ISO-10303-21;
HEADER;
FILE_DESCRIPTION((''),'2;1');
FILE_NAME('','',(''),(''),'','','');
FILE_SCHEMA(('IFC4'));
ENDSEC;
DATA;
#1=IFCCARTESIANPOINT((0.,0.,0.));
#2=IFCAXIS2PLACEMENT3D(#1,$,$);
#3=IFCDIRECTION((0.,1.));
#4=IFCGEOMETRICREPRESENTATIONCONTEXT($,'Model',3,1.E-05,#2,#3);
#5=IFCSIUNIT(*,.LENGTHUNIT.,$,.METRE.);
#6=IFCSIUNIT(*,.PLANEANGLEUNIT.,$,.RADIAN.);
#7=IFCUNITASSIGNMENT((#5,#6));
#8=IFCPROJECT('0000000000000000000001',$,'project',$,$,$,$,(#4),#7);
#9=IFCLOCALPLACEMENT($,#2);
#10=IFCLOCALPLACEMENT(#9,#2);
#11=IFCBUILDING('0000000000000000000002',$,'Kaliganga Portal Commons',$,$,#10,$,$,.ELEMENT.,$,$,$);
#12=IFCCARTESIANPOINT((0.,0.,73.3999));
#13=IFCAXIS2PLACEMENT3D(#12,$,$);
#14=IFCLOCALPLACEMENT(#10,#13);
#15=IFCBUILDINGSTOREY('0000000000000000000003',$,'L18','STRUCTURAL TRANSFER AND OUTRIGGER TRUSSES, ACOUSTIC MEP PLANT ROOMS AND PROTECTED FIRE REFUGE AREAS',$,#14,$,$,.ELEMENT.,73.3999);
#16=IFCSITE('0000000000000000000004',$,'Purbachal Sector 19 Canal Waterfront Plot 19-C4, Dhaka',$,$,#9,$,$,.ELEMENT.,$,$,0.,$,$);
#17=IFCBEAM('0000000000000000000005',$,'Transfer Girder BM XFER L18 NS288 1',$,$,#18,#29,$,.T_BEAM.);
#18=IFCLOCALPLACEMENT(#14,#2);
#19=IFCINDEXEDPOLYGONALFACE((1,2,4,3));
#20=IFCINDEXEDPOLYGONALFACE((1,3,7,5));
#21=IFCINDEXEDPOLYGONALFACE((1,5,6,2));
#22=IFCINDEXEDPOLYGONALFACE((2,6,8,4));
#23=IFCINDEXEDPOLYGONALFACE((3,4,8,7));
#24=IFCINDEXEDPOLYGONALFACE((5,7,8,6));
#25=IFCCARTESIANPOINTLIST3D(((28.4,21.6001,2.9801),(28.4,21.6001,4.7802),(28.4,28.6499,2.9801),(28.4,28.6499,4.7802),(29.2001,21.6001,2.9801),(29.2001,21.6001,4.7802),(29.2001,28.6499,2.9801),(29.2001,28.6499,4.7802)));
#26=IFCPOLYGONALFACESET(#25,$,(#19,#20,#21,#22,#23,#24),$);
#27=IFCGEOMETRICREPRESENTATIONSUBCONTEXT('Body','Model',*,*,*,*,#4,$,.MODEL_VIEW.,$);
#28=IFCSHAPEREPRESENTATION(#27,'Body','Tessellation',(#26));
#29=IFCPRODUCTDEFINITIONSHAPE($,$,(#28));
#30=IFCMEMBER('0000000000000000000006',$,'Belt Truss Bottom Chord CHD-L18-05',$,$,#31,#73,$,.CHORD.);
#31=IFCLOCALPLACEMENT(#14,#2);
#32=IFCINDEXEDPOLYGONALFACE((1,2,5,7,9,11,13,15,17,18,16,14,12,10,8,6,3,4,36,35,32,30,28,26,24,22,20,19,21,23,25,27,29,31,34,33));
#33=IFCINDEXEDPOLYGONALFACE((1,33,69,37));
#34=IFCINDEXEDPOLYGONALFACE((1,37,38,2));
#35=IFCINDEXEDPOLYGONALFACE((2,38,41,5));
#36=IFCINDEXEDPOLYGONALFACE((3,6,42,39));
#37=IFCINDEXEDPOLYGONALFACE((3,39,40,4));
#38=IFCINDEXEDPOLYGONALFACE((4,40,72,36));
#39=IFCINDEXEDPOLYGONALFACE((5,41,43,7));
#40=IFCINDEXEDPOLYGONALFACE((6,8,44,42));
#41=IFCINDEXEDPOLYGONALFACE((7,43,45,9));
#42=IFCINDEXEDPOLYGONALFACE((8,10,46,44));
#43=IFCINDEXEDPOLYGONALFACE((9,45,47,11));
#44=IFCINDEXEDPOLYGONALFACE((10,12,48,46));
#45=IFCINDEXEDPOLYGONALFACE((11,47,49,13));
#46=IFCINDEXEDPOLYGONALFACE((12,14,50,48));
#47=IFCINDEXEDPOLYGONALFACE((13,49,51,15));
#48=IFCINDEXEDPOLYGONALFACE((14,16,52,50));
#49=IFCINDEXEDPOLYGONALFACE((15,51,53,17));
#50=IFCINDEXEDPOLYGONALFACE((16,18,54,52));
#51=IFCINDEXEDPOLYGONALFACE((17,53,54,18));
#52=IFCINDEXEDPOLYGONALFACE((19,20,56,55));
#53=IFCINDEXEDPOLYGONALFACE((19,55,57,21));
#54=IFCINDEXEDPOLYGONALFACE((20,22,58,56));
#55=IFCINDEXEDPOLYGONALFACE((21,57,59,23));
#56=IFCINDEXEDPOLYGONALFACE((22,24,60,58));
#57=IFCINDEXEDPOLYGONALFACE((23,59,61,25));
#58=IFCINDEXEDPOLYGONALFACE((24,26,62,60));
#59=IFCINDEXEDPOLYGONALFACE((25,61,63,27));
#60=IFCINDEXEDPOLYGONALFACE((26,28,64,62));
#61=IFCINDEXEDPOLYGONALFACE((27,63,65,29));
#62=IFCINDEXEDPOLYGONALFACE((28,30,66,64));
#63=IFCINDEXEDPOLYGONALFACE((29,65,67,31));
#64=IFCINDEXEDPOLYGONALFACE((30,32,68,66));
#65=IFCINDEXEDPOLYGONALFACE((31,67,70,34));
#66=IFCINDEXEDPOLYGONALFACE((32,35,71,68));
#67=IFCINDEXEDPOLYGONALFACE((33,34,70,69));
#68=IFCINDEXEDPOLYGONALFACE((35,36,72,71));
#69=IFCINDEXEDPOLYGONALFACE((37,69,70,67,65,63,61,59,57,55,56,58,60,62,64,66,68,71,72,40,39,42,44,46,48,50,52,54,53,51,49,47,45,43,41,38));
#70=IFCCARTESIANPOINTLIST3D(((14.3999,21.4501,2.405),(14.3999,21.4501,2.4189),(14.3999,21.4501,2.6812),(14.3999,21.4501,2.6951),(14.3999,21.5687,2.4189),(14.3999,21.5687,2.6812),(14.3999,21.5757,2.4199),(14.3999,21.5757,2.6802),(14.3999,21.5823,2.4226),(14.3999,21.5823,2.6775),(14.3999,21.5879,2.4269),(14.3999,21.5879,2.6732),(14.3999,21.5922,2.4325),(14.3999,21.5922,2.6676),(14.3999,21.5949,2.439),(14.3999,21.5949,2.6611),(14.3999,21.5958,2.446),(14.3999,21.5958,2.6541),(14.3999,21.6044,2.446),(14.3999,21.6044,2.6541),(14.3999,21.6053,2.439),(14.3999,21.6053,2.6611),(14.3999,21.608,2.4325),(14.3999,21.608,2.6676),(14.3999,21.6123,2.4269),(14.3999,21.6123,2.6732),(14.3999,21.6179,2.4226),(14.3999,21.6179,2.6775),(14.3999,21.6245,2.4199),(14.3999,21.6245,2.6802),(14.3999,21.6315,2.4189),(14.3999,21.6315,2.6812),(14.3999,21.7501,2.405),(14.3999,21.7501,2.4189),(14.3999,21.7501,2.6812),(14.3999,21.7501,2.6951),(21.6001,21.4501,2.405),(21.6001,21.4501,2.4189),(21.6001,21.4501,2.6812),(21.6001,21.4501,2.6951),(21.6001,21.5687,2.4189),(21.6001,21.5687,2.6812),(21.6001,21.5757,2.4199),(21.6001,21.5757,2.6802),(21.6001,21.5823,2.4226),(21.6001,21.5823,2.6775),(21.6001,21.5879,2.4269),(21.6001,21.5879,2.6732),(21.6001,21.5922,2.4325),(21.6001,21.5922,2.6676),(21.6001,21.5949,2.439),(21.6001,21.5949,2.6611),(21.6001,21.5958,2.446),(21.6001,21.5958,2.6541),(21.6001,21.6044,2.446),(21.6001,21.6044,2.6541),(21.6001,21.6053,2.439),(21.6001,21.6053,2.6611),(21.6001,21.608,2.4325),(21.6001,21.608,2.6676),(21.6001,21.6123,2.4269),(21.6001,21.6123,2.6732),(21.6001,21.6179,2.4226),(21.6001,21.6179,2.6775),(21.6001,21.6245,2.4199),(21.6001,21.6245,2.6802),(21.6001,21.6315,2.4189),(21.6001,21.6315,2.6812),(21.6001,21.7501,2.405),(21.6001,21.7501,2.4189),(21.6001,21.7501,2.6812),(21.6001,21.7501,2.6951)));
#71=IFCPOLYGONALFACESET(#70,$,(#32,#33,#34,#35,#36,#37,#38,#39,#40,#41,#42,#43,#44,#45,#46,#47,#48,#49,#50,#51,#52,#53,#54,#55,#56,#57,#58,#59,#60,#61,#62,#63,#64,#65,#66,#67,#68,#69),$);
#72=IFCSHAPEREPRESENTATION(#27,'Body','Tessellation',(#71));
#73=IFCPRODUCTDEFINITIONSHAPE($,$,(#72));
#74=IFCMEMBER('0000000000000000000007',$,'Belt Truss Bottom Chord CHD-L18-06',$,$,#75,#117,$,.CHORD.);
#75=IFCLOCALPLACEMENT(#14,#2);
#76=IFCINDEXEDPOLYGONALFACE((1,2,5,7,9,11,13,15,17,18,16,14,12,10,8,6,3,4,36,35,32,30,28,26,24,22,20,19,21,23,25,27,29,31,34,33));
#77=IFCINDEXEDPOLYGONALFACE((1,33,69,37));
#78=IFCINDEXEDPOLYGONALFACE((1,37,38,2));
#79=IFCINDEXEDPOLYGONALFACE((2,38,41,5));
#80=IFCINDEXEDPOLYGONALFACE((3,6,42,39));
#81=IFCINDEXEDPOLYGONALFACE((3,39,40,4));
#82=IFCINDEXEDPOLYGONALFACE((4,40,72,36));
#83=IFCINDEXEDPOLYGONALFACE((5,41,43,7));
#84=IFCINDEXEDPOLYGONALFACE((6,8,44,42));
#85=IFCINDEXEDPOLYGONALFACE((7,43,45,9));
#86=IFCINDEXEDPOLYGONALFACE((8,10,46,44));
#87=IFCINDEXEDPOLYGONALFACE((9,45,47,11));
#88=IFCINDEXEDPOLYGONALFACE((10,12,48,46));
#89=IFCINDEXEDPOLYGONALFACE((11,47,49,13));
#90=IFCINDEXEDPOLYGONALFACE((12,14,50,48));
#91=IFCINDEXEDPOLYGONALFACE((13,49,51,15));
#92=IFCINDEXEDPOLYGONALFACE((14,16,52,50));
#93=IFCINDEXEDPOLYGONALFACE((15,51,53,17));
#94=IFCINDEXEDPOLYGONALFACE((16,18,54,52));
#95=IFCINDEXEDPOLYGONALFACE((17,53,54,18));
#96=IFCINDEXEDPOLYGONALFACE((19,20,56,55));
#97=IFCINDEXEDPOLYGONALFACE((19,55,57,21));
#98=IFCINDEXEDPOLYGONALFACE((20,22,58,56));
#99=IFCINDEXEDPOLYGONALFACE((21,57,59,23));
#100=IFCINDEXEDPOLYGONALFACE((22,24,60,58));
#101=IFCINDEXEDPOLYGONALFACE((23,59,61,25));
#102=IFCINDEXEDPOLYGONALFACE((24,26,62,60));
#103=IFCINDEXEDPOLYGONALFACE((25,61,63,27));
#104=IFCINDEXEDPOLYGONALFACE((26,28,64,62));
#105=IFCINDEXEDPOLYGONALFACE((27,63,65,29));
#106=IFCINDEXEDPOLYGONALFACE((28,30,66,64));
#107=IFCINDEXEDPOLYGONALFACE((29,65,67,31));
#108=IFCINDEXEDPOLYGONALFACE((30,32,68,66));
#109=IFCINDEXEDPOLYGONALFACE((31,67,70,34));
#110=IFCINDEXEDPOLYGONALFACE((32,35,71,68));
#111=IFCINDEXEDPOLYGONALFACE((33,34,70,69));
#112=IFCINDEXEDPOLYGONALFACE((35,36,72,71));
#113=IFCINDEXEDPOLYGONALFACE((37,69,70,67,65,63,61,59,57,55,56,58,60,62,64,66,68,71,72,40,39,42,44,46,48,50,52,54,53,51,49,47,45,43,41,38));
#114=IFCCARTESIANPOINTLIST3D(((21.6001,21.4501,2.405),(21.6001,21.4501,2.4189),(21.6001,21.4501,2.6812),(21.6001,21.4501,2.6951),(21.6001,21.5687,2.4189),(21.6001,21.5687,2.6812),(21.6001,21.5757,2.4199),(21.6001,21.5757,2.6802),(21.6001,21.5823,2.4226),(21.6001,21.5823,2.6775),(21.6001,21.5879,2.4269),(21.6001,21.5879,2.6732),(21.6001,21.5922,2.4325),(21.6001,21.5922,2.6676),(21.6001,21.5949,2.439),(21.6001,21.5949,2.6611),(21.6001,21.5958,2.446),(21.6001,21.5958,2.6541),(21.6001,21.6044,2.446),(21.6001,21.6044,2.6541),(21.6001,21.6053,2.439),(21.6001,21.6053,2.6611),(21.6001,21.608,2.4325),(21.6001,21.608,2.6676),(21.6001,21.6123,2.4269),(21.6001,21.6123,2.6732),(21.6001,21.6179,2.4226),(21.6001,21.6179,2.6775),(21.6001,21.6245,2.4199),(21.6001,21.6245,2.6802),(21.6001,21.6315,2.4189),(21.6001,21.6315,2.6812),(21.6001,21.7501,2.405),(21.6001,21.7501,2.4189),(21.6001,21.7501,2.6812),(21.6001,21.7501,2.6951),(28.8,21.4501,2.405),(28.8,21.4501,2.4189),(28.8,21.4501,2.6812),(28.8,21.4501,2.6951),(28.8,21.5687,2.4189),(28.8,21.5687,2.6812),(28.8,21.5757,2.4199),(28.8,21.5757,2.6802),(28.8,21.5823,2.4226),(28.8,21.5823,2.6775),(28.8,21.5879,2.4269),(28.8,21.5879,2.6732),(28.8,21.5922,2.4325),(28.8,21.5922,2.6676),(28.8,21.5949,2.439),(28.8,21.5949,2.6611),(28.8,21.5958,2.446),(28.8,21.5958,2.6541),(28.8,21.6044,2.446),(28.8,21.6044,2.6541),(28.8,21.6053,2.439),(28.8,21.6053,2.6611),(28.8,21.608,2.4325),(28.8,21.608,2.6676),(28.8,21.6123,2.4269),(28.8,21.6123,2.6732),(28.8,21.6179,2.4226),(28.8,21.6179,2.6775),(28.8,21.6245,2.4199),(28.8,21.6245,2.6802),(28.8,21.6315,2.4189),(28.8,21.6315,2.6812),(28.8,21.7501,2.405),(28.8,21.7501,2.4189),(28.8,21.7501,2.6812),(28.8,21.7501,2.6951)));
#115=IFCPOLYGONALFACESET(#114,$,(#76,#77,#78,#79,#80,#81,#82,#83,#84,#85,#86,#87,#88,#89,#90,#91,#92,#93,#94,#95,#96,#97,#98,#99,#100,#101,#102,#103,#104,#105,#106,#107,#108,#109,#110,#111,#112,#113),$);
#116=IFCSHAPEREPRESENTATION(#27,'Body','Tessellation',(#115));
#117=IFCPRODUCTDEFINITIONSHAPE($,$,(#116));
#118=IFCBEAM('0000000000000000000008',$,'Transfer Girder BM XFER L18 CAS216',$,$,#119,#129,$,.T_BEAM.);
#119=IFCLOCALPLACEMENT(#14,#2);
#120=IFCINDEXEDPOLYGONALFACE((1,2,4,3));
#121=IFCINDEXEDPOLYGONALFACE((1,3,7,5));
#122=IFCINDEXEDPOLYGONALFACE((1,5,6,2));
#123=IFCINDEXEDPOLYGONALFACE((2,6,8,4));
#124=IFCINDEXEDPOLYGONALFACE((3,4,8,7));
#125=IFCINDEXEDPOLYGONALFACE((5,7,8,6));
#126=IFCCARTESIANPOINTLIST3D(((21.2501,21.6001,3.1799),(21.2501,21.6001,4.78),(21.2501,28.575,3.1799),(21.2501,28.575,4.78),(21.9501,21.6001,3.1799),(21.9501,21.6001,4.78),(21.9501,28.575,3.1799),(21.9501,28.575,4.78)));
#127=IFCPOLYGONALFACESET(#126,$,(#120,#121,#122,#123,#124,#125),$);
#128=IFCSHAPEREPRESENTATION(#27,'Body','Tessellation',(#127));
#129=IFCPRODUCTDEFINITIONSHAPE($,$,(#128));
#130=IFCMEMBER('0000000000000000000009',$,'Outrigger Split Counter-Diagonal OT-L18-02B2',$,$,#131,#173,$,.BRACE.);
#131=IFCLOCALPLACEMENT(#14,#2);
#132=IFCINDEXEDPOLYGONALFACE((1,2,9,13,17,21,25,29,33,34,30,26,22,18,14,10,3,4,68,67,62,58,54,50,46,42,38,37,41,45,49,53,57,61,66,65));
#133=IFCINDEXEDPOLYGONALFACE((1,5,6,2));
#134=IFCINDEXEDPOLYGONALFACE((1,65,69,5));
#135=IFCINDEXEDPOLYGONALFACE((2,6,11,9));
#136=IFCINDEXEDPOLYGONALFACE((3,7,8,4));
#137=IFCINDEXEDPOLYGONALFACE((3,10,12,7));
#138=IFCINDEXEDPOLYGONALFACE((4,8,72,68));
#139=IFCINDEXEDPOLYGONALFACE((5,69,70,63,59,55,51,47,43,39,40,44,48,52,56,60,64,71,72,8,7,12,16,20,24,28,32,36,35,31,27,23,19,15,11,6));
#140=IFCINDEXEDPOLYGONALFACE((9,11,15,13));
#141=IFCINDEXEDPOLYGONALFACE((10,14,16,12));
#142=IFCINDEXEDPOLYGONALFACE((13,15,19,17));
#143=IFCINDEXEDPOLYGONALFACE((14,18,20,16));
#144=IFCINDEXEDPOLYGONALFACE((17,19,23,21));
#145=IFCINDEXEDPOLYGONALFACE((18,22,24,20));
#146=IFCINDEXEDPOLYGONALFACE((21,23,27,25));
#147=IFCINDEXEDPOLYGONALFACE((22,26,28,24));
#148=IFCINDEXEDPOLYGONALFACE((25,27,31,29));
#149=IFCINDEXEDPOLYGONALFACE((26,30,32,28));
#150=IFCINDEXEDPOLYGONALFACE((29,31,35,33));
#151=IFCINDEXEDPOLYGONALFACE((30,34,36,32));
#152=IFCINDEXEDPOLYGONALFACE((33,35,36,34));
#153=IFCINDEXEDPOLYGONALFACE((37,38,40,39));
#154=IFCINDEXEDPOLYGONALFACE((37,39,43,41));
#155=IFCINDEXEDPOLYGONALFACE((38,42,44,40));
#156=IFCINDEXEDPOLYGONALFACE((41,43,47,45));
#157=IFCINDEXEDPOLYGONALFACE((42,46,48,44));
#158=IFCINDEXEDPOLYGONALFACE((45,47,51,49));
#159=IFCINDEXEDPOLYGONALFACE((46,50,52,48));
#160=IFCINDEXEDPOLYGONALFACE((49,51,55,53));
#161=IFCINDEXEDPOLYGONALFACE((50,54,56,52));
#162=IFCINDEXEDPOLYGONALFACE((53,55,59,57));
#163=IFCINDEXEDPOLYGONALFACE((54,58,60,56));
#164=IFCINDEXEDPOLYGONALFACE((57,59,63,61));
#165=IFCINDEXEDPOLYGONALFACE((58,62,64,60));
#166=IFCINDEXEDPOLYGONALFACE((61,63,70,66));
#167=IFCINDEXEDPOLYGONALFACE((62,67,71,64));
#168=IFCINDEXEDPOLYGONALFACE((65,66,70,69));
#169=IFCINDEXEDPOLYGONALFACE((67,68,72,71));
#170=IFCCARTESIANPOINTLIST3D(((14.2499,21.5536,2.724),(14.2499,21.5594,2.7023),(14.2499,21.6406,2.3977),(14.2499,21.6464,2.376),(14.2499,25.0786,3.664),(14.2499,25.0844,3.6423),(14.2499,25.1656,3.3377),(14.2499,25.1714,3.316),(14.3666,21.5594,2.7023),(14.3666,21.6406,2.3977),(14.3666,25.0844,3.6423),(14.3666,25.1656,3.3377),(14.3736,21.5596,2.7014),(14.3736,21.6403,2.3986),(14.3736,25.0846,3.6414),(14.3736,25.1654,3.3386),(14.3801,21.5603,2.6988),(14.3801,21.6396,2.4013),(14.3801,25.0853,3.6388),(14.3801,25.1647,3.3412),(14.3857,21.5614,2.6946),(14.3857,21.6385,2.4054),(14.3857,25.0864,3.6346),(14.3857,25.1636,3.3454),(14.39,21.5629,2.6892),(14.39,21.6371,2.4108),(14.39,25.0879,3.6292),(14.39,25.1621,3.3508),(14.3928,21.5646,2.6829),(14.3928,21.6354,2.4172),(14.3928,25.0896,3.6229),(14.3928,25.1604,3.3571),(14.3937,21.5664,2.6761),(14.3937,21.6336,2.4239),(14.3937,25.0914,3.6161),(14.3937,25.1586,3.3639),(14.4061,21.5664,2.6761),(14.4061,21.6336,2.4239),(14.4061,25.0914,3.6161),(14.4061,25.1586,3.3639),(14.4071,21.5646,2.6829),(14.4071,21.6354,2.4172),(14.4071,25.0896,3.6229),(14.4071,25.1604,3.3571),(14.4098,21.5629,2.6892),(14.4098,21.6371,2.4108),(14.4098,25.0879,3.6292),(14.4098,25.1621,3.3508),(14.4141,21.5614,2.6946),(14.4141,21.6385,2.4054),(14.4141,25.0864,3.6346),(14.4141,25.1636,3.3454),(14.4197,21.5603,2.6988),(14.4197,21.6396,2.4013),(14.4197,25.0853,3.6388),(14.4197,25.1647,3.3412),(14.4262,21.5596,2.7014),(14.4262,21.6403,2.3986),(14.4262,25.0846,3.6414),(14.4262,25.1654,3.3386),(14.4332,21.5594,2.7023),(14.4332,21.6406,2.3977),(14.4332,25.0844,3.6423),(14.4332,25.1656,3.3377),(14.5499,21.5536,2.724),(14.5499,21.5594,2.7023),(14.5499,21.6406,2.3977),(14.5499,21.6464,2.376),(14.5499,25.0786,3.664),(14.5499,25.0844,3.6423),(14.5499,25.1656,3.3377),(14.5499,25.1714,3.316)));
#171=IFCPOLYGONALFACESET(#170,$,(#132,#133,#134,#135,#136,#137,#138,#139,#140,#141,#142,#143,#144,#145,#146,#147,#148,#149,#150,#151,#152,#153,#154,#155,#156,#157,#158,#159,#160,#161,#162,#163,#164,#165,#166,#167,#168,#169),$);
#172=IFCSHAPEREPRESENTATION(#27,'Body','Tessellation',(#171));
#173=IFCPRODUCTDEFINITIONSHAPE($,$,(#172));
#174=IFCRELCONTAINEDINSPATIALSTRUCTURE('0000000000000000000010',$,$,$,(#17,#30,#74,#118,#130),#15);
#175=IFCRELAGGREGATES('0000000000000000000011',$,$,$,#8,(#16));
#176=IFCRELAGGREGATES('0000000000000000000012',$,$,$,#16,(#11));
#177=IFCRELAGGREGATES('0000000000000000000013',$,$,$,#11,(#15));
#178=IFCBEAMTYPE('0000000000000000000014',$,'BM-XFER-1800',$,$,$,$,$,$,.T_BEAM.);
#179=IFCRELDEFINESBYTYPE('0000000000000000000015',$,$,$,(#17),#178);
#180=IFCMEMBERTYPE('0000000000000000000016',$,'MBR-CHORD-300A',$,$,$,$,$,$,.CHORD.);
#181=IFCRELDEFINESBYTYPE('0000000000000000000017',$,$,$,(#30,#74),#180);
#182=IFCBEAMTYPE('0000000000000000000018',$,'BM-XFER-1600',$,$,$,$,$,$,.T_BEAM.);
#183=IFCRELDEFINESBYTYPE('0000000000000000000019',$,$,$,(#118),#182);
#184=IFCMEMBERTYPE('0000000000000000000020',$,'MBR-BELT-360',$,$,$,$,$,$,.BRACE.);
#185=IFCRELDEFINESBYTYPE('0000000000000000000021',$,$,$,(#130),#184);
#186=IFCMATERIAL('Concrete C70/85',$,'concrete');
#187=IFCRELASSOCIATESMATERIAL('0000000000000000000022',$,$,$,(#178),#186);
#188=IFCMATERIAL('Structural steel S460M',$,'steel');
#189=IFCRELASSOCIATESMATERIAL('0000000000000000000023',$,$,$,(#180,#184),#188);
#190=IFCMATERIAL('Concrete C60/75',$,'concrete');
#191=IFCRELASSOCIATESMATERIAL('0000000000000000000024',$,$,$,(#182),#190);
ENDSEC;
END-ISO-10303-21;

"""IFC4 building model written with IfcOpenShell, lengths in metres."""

from ifc_helpers import new_model, si_unit, direction, frame, origin, origin_2d, place, context, subcontext, project, spatial, rectangle, i_section, extrude, source, transform, mapped, material, material_profile, profile_set, type_object, element, save


model = new_model("IFC4")

# Units and contexts
model_context = context("Model", 3, precision=1e-05, world=origin(), true_north=direction((0.0, 1.0)))
body_context = subcontext(model_context, "Body", "Model", "MODEL_VIEW")
ifc_project = project(units=[si_unit("LENGTHUNIT", "METRE"), si_unit("PLANEANGLEUNIT", "RADIAN")], contexts=[model_context])

# Site, building, storey
site_placement = place(None, origin())
site = spatial("IfcSite", under=ifc_project, at=site_placement, Name="Purbachal Sector 19 Canal Waterfront Plot 19-C4, Dhaka", CompositionType="ELEMENT", RefElevation=0.0)
building_placement = place(site_placement, origin())
building = spatial("IfcBuilding", under=site, at=building_placement, Name="Kaliganga Portal Commons", CompositionType="ELEMENT")
storey_placement = place(building_placement, frame((0.0, 0.0, 73.3999)))
storey = spatial("IfcBuildingStorey", under=building, at=storey_placement, Name="L18", Description="STRUCTURAL TRANSFER AND OUTRIGGER TRUSSES, ACOUSTIC MEP PLANT ROOMS AND PROTECTED FIRE REFUGE AREAS", CompositionType="ELEMENT", Elevation=73.3999)

# Shared definitions
ifc_material_1 = material(Name="Concrete C70/85", Category="concrete")
ifc_material_2 = material(Name="Structural steel S460M", Category="steel")

# Beam
ifc_material_profile_1 = material_profile(ifc_material_1, rectangle(XDim=0.8, YDim=1.8, at=origin_2d()), Name="RC 800x1800")
ifc_profile_set_1 = profile_set([ifc_material_profile_1], Name="Concrete C70/85")
beam_type_1 = type_object("IfcBeamType", Name="BM-XFER-1800", PredefinedType="T_BEAM", material=ifc_profile_set_1)
shared_shape_1 = source(origin(), body_context, "Body", "SweptSolid", [
    extrude(rectangle(XDim=0.8, YDim=1.8, at=origin_2d()), origin(), (0.0, 0.0, 1.0), 7.0498),
])
for number, where, z_axis, x_axis, name in (
    (1, (28.8, 21.6001, 3.8801), (0.0, 1.0, 0.0), (-1.0, 0.0, 0.0), "Transfer Girder BM XFER L18 NS288 1"),
):
    element("IfcBeam", number, at=place(storey_placement, frame(where, z_axis=z_axis, x_axis=x_axis)), inside=storey, type_object=beam_type_1, Name=name, PredefinedType="T_BEAM", context=body_context, shape_type="MappedRepresentation", body=[
        mapped(shared_shape_1, transform((0.0, 0.0, 0.0), x_axis=(1.0, 0.0, 0.0), y_axis=(0.0, 1.0, 0.0), z_axis=(0.0, 0.0, 1.0), scale=1.0)),
    ])

# Members
ifc_material_profile_2 = material_profile(ifc_material_2, i_section(OverallWidth=0.3, OverallDepth=0.29, WebThickness=0.0085, FlangeThickness=0.0139, FilletRadius=0.0271, at=origin_2d()), Name="HE 300 A")
ifc_profile_set_2 = profile_set([ifc_material_profile_2], Name="Structural steel S460M wide-flange")
member_type_1 = type_object("IfcMemberType", Name="MBR-CHORD-300A", PredefinedType="CHORD", material=ifc_profile_set_2)
shared_shape_2 = source(origin(), body_context, "Body", "SweptSolid", [
    extrude(i_section(OverallWidth=0.3, OverallDepth=0.29, WebThickness=0.0085, FlangeThickness=0.0139, FilletRadius=0.0271, at=origin_2d()), origin(), (0.0, 0.0, 1.0), 7.2002),
])
member_1_placement = place(storey_placement, frame((14.3999, 21.6001, 2.55), z_axis=(1.0, 0.0, 0.0), x_axis=(0.0, 1.0, 0.0)))
element("IfcMember", 2, at=member_1_placement, inside=storey, type_object=member_type_1, Name="Belt Truss Bottom Chord CHD-L18-05", PredefinedType="CHORD", context=body_context, shape_type="MappedRepresentation", body=[
    mapped(shared_shape_2, transform((0.0, 0.0, 0.0), x_axis=(1.0, 0.0, 0.0), y_axis=(0.0, 1.0, 0.0), z_axis=(0.0, 0.0, 1.0), scale=1.0)),
])
shared_shape_3 = source(origin(), body_context, "Body", "SweptSolid", [
    extrude(i_section(OverallWidth=0.3, OverallDepth=0.29, WebThickness=0.0085, FlangeThickness=0.0139, FilletRadius=0.0271, at=origin_2d()), origin(), (0.0, 0.0, 1.0), 7.2),
])
member_2_placement = place(storey_placement, frame((21.6001, 21.6001, 2.55), z_axis=(1.0, 0.0, 0.0), x_axis=(0.0, 1.0, 0.0)))
element("IfcMember", 3, at=member_2_placement, inside=storey, type_object=member_type_1, Name="Belt Truss Bottom Chord CHD-L18-06", PredefinedType="CHORD", context=body_context, shape_type="MappedRepresentation", body=[
    mapped(shared_shape_3, transform((0.0, 0.0, 0.0), x_axis=(1.0, 0.0, 0.0), y_axis=(0.0, 1.0, 0.0), z_axis=(0.0, 0.0, 1.0), scale=1.0)),
])

# Beam
ifc_material_3 = material(Name="Concrete C60/75", Category="concrete")
ifc_material_profile_3 = material_profile(ifc_material_3, rectangle(XDim=0.7, YDim=1.6001, at=origin_2d()), Name="RC 700x1600")
ifc_profile_set_3 = profile_set([ifc_material_profile_3], Name="Concrete C60/75")
beam_type_2 = type_object("IfcBeamType", Name="BM-XFER-1600", PredefinedType="T_BEAM", material=ifc_profile_set_3)
shared_shape_4 = source(origin(), body_context, "Body", "SweptSolid", [
    extrude(rectangle(XDim=0.7, YDim=1.6001, at=origin_2d()), origin(), (0.0, 0.0, 1.0), 6.9749),
])
beam_1_placement = place(storey_placement, frame((21.6001, 21.6001, 3.98), z_axis=(0.0, 1.0, 0.0), x_axis=(-1.0, 0.0, 0.0)))
element("IfcBeam", 4, at=beam_1_placement, inside=storey, type_object=beam_type_2, Name="Transfer Girder BM XFER L18 CAS216", PredefinedType="T_BEAM", context=body_context, shape_type="MappedRepresentation", body=[
    mapped(shared_shape_4, transform((0.0, 0.0, 0.0), x_axis=(1.0, 0.0, 0.0), y_axis=(0.0, 1.0, 0.0), z_axis=(0.0, 0.0, 1.0), scale=1.0)),
])

# Member
ifc_material_profile_4 = material_profile(ifc_material_2, i_section(OverallWidth=0.3, OverallDepth=0.3601, WebThickness=0.0125, FlangeThickness=0.0225, FilletRadius=0.0271, at=origin_2d()), Name="HE 360 B")
ifc_profile_set_4 = profile_set([ifc_material_profile_4], Name="Structural steel S460M wide-flange")
member_type_2 = type_object("IfcMemberType", Name="MBR-BELT-360", PredefinedType="BRACE", material=ifc_profile_set_4)
shared_shape_5 = source(origin(), body_context, "Body", "SweptSolid", [
    extrude(i_section(OverallWidth=0.3, OverallDepth=0.3601, WebThickness=0.0125, FlangeThickness=0.0225, FilletRadius=0.0271, at=origin_2d()), origin(), (0.0, 0.0, 1.0), 3.6482),
])
for number, where, z_axis, x_axis, name in (
    (5, (14.3999, 25.125, 3.49), (0.0, -0.966237, -0.257654), (1.0, 0.0, 0.0), "Outrigger Split Counter-Diagonal OT-L18-02B2"),
):
    element("IfcMember", number, at=place(storey_placement, frame(where, z_axis=z_axis, x_axis=x_axis)), inside=storey, type_object=member_type_2, Name=name, PredefinedType="BRACE", context=body_context, shape_type="MappedRepresentation", body=[
        mapped(shared_shape_5, transform((0.0, 0.0, 0.0), x_axis=(1.0, 0.0, 0.0), y_axis=(0.0, 1.0, 0.0), z_axis=(0.0, 0.0, 1.0), scale=1.0)),
    ])

save(model, "model.ifc")
